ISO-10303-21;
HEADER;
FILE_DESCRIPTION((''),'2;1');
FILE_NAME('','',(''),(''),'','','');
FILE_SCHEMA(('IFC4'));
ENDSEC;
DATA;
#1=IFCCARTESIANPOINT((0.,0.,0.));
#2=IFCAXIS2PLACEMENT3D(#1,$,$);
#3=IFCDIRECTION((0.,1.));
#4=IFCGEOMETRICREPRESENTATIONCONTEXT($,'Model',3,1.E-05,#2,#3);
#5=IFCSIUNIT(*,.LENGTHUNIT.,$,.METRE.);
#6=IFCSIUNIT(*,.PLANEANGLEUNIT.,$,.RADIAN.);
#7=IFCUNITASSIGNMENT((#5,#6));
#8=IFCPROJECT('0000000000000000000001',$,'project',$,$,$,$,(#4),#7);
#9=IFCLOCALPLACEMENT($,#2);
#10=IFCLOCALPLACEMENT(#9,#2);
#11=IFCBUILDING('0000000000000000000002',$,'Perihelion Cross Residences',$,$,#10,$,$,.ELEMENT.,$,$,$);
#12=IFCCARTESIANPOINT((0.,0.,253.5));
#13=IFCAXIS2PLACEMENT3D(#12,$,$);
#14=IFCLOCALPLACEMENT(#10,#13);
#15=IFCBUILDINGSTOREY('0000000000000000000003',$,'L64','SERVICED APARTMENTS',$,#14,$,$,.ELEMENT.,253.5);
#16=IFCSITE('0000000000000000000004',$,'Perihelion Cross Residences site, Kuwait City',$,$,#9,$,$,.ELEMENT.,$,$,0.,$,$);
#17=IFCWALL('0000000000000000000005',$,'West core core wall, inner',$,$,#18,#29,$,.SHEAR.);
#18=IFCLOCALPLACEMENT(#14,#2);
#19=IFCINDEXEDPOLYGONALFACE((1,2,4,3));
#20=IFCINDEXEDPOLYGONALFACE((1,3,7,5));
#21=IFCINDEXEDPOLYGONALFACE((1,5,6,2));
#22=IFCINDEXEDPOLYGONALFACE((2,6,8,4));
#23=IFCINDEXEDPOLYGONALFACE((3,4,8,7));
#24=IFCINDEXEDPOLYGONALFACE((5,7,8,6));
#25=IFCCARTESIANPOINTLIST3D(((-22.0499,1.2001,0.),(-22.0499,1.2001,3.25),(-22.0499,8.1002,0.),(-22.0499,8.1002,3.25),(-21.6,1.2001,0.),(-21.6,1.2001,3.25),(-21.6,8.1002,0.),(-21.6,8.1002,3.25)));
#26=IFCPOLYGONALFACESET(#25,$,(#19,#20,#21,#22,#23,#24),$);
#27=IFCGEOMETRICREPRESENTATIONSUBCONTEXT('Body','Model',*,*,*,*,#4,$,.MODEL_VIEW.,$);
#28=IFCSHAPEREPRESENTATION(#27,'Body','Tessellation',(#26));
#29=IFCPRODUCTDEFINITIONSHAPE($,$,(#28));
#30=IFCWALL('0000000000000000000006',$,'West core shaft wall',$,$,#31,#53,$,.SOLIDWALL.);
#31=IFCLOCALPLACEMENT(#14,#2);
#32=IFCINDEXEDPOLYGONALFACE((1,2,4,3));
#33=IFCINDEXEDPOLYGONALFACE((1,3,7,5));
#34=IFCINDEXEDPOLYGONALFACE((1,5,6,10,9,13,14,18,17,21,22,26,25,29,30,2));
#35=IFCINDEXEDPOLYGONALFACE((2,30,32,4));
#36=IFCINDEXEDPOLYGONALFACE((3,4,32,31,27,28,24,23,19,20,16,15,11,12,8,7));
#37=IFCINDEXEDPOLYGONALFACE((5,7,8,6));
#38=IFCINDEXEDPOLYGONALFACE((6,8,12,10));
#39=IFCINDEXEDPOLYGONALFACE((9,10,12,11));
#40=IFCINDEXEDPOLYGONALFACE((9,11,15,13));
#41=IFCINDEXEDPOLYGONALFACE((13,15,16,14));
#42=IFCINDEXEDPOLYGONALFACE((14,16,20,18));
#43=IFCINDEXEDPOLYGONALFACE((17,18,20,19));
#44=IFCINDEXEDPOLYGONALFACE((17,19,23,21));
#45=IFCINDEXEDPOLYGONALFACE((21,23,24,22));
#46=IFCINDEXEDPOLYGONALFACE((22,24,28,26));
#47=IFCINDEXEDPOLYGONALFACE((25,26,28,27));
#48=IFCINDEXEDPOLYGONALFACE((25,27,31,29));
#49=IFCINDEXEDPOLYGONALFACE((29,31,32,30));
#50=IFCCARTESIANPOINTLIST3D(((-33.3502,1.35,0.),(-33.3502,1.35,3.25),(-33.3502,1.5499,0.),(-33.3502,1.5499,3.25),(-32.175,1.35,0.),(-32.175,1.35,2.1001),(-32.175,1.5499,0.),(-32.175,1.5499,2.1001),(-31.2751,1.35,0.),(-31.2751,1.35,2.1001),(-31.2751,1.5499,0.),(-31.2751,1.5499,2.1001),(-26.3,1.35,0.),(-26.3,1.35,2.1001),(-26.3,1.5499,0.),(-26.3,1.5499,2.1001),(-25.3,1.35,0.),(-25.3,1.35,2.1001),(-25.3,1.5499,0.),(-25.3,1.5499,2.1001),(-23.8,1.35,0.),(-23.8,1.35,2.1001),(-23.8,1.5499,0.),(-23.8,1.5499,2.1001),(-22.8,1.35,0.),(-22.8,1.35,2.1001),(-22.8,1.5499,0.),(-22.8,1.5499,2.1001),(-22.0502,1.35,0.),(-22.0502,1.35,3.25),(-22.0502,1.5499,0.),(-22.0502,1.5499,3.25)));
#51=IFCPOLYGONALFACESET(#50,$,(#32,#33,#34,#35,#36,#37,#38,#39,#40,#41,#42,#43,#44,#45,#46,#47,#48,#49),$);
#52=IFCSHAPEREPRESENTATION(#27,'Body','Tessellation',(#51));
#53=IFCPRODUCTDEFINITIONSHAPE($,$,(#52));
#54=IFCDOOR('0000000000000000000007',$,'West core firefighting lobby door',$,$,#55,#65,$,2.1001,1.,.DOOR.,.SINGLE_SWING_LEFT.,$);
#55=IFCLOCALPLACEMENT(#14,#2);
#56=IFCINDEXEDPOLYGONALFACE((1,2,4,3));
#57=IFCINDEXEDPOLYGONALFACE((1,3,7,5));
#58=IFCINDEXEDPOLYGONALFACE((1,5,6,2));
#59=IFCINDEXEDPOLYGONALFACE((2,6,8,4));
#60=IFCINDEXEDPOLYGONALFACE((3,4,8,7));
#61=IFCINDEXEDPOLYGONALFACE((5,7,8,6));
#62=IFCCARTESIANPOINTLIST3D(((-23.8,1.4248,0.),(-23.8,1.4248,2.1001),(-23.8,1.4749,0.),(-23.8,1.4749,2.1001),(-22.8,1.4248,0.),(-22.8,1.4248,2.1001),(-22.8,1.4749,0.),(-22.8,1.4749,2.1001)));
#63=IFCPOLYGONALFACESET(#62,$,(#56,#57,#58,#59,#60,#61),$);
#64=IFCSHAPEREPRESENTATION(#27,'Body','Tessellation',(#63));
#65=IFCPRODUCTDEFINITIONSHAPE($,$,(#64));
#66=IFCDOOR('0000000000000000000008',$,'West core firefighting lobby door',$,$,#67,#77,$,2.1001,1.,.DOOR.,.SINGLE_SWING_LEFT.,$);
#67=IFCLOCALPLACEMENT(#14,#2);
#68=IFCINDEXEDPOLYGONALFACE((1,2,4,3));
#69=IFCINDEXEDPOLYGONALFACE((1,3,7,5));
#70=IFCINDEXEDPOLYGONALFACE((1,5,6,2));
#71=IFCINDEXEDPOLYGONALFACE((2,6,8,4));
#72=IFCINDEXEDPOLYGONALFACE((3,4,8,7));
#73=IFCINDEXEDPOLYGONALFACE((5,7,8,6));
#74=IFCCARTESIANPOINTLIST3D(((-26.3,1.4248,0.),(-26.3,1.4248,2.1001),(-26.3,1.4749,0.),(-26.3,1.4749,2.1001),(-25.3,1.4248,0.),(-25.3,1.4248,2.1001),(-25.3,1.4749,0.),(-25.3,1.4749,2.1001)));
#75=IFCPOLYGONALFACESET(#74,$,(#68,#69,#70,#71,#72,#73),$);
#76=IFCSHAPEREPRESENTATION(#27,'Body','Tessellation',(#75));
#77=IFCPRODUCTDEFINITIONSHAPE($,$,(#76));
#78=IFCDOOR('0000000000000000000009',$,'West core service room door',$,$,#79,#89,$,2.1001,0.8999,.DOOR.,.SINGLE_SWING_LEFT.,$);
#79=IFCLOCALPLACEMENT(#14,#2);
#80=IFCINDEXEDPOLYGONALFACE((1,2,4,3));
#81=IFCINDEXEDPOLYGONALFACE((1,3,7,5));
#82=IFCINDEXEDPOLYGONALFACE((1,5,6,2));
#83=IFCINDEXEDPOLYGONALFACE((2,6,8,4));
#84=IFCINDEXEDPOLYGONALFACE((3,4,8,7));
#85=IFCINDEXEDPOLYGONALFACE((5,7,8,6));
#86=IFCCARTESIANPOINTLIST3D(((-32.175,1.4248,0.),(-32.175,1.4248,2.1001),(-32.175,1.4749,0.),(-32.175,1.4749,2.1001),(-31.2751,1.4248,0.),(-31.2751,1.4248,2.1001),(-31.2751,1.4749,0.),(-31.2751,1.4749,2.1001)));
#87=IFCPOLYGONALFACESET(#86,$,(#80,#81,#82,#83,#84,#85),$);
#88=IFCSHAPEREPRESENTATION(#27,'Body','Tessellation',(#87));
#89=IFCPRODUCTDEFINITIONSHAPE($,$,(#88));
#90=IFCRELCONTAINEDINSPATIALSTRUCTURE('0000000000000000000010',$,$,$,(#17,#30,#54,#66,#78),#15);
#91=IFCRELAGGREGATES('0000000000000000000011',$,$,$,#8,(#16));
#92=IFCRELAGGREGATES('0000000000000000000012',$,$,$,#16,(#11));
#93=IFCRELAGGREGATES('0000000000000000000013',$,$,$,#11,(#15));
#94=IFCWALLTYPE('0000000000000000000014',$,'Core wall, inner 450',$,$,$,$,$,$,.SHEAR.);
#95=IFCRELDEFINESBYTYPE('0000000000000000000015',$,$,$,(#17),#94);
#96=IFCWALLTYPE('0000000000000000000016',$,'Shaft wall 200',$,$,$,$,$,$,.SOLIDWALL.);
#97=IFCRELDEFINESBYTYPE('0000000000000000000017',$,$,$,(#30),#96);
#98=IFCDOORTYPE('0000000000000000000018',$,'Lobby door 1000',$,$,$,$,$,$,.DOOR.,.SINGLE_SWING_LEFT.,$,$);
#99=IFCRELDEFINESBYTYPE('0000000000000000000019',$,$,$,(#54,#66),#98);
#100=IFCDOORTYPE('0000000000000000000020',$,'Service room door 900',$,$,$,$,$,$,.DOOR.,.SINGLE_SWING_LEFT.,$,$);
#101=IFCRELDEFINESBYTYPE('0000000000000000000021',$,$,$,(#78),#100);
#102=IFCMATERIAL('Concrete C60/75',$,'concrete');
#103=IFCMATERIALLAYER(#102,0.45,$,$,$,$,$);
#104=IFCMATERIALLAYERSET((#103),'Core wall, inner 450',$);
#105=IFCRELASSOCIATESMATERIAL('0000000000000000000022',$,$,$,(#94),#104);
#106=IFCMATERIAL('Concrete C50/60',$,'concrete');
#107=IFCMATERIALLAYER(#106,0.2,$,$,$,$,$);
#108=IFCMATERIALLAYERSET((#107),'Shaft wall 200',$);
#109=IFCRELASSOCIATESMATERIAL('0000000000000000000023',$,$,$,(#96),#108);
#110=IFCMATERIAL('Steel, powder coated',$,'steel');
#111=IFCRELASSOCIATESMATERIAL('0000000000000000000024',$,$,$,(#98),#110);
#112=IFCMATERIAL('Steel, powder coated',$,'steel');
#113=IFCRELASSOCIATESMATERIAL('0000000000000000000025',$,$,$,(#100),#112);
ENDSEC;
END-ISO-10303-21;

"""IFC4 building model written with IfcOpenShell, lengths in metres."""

from ifc_helpers import new_model, si_unit, direction, frame, frame_2d, origin, place, context, subcontext, project, spatial, rectangle, extrude, material, layer, layer_set, type_object, element, fill, save


model = new_model("IFC4")

# Units and contexts
model_context = context("Model", 3, precision=1e-05, world=origin(), true_north=direction((0.0, 1.0)))
body_context = subcontext(model_context, "Body", "Model", "MODEL_VIEW")
ifc_project = project(units=[si_unit("LENGTHUNIT", "METRE"), si_unit("PLANEANGLEUNIT", "RADIAN")], contexts=[model_context])

# Site, building, storey
site_placement = place(None, origin())
site = spatial("IfcSite", under=ifc_project, at=site_placement, Name="Perihelion Cross Residences site, Kuwait City", CompositionType="ELEMENT", RefElevation=0.0)
building_placement = place(site_placement, origin())
building = spatial("IfcBuilding", under=site, at=building_placement, Name="Perihelion Cross Residences", CompositionType="ELEMENT")
storey_placement = place(building_placement, frame((0.0, 0.0, 253.5)))
storey = spatial("IfcBuildingStorey", under=building, at=storey_placement, Name="L64", Description="SERVICED APARTMENTS", CompositionType="ELEMENT", Elevation=253.5)

# Wall
ifc_material_1 = material(Name="Concrete C60/75", Category="concrete")
ifc_layer_1 = layer(ifc_material_1, 0.45)
ifc_layer_set_1 = layer_set([ifc_layer_1], Name="Core wall, inner 450")
wall_type_1 = type_object("IfcWallType", Name="Core wall, inner 450", PredefinedType="SHEAR", material=ifc_layer_set_1)
wall_1_placement = place(storey_placement, frame((-21.825, 1.2, 0.0), z_axis=(0.0, 0.0, 1.0), x_axis=(0.0, 1.0, 0.0)))
element("IfcWall", 1, at=wall_1_placement, inside=storey, type_object=wall_type_1, Name="West core core wall, inner", PredefinedType="SHEAR", context=body_context, shape_type="SweptSolid", body=[
    extrude(rectangle(XDim=6.9001, YDim=0.45, at=frame_2d((3.4502, 0.0))), origin(), (0.0, 0.0, 1.0), 3.25),
])

# Wall, openings, doors
ifc_material_2 = material(Name="Concrete C50/60", Category="concrete")
ifc_layer_2 = layer(ifc_material_2, 0.2)
ifc_layer_set_2 = layer_set([ifc_layer_2], Name="Shaft wall 200")
wall_type_2 = type_object("IfcWallType", Name="Shaft wall 200", PredefinedType="SOLIDWALL", material=ifc_layer_set_2)
wall_2_placement = place(storey_placement, frame((-33.3501, 1.45, 0.0), z_axis=(0.0, 0.0, 1.0), x_axis=(1.0, 0.0, 0.0)))
wall_2 = element("IfcWall", 2, at=wall_2_placement, inside=storey, type_object=wall_type_2, Name="West core shaft wall", PredefinedType="SOLIDWALL", context=body_context, shape_type="SweptSolid", body=[
    extrude(rectangle(XDim=11.3, YDim=0.2, at=frame_2d((5.6499, 0.0))), origin(), (0.0, 0.0, 1.0), 3.25),
])
opening_1_placement = place(wall_2_placement, frame((9.55, 0.0, 0.0)))
opening_1 = element("IfcOpeningElement", 3, at=opening_1_placement, cuts=wall_2, PredefinedType="OPENING", context=body_context, shape_type="SweptSolid", body=[
    extrude(rectangle(XDim=1.0, YDim=2.1001, at=frame_2d((0.5, 1.05))), frame((0.0, 0.1099, 0.0), z_axis=(0.0, -1.0, 0.0), x_axis=(1.0, 0.0, 0.0)), (0.0, 0.0, 1.0), 0.22),
])
opening_2_placement = place(wall_2_placement, frame((7.05, 0.0, 0.0)))
opening_2 = element("IfcOpeningElement", 4, at=opening_2_placement, cuts=wall_2, PredefinedType="OPENING", context=body_context, shape_type="SweptSolid", body=[
    extrude(rectangle(XDim=1.0, YDim=2.1001, at=frame_2d((0.5, 1.05))), frame((0.0, 0.1099, 0.0), z_axis=(0.0, -1.0, 0.0), x_axis=(1.0, 0.0, 0.0)), (0.0, 0.0, 1.0), 0.22),
])
opening_3_placement = place(wall_2_placement, frame((1.175, 0.0, 0.0)))
opening_3 = element("IfcOpeningElement", 5, at=opening_3_placement, cuts=wall_2, PredefinedType="OPENING", context=body_context, shape_type="SweptSolid", body=[
    extrude(rectangle(XDim=0.8999, YDim=2.1001, at=frame_2d((0.45, 1.05))), frame((0.0, 0.1099, 0.0), z_axis=(0.0, -1.0, 0.0), x_axis=(1.0, 0.0, 0.0)), (0.0, 0.0, 1.0), 0.22),
])
ifc_material_3 = material(Name="Steel, powder coated", Category="steel")
door_type_1 = type_object("IfcDoorType", Name="Lobby door 1000", OperationType="SINGLE_SWING_LEFT", PredefinedType="DOOR", material=ifc_material_3)
door_1_placement = place(opening_1_placement, origin())
door_1 = element("IfcDoor", 6, at=door_1_placement, inside=storey, type_object=door_type_1, Name="West core firefighting lobby door", OperationType="SINGLE_SWING_LEFT", OverallHeight=2.1001, OverallWidth=1.0, PredefinedType="DOOR", context=body_context, shape_type="SweptSolid", body=[
    extrude(rectangle(XDim=1.0, YDim=2.1001, at=frame_2d((0.5, 1.05))), frame((0.0, 0.0249, 0.0), z_axis=(0.0, -1.0, 0.0), x_axis=(1.0, 0.0, 0.0)), (0.0, 0.0, 1.0), 0.05),
])
fill(opening_1, door_1)
door_2_placement = place(opening_2_placement, origin())
door_2 = element("IfcDoor", 7, at=door_2_placement, inside=storey, type_object=door_type_1, Name="West core firefighting lobby door", OperationType="SINGLE_SWING_LEFT", OverallHeight=2.1001, OverallWidth=1.0, PredefinedType="DOOR", context=body_context, shape_type="SweptSolid", body=[
    extrude(rectangle(XDim=1.0, YDim=2.1001, at=frame_2d((0.5, 1.05))), frame((0.0, 0.0249, 0.0), z_axis=(0.0, -1.0, 0.0), x_axis=(1.0, 0.0, 0.0)), (0.0, 0.0, 1.0), 0.05),
])
fill(opening_2, door_2)
ifc_material_4 = material(Name="Steel, powder coated", Category="steel")
door_type_2 = type_object("IfcDoorType", Name="Service room door 900", OperationType="SINGLE_SWING_LEFT", PredefinedType="DOOR", material=ifc_material_4)
door_3_placement = place(opening_3_placement, origin())
door_3 = element("IfcDoor", 8, at=door_3_placement, inside=storey, type_object=door_type_2, Name="West core service room door", OperationType="SINGLE_SWING_LEFT", OverallHeight=2.1001, OverallWidth=0.8999, PredefinedType="DOOR", context=body_context, shape_type="SweptSolid", body=[
    extrude(rectangle(XDim=0.8999, YDim=2.1001, at=frame_2d((0.45, 1.05))), frame((0.0, 0.0249, 0.0), z_axis=(0.0, -1.0, 0.0), x_axis=(1.0, 0.0, 0.0)), (0.0, 0.0, 1.0), 0.05),
])
fill(opening_3, door_3)

save(model, "model.ifc")
